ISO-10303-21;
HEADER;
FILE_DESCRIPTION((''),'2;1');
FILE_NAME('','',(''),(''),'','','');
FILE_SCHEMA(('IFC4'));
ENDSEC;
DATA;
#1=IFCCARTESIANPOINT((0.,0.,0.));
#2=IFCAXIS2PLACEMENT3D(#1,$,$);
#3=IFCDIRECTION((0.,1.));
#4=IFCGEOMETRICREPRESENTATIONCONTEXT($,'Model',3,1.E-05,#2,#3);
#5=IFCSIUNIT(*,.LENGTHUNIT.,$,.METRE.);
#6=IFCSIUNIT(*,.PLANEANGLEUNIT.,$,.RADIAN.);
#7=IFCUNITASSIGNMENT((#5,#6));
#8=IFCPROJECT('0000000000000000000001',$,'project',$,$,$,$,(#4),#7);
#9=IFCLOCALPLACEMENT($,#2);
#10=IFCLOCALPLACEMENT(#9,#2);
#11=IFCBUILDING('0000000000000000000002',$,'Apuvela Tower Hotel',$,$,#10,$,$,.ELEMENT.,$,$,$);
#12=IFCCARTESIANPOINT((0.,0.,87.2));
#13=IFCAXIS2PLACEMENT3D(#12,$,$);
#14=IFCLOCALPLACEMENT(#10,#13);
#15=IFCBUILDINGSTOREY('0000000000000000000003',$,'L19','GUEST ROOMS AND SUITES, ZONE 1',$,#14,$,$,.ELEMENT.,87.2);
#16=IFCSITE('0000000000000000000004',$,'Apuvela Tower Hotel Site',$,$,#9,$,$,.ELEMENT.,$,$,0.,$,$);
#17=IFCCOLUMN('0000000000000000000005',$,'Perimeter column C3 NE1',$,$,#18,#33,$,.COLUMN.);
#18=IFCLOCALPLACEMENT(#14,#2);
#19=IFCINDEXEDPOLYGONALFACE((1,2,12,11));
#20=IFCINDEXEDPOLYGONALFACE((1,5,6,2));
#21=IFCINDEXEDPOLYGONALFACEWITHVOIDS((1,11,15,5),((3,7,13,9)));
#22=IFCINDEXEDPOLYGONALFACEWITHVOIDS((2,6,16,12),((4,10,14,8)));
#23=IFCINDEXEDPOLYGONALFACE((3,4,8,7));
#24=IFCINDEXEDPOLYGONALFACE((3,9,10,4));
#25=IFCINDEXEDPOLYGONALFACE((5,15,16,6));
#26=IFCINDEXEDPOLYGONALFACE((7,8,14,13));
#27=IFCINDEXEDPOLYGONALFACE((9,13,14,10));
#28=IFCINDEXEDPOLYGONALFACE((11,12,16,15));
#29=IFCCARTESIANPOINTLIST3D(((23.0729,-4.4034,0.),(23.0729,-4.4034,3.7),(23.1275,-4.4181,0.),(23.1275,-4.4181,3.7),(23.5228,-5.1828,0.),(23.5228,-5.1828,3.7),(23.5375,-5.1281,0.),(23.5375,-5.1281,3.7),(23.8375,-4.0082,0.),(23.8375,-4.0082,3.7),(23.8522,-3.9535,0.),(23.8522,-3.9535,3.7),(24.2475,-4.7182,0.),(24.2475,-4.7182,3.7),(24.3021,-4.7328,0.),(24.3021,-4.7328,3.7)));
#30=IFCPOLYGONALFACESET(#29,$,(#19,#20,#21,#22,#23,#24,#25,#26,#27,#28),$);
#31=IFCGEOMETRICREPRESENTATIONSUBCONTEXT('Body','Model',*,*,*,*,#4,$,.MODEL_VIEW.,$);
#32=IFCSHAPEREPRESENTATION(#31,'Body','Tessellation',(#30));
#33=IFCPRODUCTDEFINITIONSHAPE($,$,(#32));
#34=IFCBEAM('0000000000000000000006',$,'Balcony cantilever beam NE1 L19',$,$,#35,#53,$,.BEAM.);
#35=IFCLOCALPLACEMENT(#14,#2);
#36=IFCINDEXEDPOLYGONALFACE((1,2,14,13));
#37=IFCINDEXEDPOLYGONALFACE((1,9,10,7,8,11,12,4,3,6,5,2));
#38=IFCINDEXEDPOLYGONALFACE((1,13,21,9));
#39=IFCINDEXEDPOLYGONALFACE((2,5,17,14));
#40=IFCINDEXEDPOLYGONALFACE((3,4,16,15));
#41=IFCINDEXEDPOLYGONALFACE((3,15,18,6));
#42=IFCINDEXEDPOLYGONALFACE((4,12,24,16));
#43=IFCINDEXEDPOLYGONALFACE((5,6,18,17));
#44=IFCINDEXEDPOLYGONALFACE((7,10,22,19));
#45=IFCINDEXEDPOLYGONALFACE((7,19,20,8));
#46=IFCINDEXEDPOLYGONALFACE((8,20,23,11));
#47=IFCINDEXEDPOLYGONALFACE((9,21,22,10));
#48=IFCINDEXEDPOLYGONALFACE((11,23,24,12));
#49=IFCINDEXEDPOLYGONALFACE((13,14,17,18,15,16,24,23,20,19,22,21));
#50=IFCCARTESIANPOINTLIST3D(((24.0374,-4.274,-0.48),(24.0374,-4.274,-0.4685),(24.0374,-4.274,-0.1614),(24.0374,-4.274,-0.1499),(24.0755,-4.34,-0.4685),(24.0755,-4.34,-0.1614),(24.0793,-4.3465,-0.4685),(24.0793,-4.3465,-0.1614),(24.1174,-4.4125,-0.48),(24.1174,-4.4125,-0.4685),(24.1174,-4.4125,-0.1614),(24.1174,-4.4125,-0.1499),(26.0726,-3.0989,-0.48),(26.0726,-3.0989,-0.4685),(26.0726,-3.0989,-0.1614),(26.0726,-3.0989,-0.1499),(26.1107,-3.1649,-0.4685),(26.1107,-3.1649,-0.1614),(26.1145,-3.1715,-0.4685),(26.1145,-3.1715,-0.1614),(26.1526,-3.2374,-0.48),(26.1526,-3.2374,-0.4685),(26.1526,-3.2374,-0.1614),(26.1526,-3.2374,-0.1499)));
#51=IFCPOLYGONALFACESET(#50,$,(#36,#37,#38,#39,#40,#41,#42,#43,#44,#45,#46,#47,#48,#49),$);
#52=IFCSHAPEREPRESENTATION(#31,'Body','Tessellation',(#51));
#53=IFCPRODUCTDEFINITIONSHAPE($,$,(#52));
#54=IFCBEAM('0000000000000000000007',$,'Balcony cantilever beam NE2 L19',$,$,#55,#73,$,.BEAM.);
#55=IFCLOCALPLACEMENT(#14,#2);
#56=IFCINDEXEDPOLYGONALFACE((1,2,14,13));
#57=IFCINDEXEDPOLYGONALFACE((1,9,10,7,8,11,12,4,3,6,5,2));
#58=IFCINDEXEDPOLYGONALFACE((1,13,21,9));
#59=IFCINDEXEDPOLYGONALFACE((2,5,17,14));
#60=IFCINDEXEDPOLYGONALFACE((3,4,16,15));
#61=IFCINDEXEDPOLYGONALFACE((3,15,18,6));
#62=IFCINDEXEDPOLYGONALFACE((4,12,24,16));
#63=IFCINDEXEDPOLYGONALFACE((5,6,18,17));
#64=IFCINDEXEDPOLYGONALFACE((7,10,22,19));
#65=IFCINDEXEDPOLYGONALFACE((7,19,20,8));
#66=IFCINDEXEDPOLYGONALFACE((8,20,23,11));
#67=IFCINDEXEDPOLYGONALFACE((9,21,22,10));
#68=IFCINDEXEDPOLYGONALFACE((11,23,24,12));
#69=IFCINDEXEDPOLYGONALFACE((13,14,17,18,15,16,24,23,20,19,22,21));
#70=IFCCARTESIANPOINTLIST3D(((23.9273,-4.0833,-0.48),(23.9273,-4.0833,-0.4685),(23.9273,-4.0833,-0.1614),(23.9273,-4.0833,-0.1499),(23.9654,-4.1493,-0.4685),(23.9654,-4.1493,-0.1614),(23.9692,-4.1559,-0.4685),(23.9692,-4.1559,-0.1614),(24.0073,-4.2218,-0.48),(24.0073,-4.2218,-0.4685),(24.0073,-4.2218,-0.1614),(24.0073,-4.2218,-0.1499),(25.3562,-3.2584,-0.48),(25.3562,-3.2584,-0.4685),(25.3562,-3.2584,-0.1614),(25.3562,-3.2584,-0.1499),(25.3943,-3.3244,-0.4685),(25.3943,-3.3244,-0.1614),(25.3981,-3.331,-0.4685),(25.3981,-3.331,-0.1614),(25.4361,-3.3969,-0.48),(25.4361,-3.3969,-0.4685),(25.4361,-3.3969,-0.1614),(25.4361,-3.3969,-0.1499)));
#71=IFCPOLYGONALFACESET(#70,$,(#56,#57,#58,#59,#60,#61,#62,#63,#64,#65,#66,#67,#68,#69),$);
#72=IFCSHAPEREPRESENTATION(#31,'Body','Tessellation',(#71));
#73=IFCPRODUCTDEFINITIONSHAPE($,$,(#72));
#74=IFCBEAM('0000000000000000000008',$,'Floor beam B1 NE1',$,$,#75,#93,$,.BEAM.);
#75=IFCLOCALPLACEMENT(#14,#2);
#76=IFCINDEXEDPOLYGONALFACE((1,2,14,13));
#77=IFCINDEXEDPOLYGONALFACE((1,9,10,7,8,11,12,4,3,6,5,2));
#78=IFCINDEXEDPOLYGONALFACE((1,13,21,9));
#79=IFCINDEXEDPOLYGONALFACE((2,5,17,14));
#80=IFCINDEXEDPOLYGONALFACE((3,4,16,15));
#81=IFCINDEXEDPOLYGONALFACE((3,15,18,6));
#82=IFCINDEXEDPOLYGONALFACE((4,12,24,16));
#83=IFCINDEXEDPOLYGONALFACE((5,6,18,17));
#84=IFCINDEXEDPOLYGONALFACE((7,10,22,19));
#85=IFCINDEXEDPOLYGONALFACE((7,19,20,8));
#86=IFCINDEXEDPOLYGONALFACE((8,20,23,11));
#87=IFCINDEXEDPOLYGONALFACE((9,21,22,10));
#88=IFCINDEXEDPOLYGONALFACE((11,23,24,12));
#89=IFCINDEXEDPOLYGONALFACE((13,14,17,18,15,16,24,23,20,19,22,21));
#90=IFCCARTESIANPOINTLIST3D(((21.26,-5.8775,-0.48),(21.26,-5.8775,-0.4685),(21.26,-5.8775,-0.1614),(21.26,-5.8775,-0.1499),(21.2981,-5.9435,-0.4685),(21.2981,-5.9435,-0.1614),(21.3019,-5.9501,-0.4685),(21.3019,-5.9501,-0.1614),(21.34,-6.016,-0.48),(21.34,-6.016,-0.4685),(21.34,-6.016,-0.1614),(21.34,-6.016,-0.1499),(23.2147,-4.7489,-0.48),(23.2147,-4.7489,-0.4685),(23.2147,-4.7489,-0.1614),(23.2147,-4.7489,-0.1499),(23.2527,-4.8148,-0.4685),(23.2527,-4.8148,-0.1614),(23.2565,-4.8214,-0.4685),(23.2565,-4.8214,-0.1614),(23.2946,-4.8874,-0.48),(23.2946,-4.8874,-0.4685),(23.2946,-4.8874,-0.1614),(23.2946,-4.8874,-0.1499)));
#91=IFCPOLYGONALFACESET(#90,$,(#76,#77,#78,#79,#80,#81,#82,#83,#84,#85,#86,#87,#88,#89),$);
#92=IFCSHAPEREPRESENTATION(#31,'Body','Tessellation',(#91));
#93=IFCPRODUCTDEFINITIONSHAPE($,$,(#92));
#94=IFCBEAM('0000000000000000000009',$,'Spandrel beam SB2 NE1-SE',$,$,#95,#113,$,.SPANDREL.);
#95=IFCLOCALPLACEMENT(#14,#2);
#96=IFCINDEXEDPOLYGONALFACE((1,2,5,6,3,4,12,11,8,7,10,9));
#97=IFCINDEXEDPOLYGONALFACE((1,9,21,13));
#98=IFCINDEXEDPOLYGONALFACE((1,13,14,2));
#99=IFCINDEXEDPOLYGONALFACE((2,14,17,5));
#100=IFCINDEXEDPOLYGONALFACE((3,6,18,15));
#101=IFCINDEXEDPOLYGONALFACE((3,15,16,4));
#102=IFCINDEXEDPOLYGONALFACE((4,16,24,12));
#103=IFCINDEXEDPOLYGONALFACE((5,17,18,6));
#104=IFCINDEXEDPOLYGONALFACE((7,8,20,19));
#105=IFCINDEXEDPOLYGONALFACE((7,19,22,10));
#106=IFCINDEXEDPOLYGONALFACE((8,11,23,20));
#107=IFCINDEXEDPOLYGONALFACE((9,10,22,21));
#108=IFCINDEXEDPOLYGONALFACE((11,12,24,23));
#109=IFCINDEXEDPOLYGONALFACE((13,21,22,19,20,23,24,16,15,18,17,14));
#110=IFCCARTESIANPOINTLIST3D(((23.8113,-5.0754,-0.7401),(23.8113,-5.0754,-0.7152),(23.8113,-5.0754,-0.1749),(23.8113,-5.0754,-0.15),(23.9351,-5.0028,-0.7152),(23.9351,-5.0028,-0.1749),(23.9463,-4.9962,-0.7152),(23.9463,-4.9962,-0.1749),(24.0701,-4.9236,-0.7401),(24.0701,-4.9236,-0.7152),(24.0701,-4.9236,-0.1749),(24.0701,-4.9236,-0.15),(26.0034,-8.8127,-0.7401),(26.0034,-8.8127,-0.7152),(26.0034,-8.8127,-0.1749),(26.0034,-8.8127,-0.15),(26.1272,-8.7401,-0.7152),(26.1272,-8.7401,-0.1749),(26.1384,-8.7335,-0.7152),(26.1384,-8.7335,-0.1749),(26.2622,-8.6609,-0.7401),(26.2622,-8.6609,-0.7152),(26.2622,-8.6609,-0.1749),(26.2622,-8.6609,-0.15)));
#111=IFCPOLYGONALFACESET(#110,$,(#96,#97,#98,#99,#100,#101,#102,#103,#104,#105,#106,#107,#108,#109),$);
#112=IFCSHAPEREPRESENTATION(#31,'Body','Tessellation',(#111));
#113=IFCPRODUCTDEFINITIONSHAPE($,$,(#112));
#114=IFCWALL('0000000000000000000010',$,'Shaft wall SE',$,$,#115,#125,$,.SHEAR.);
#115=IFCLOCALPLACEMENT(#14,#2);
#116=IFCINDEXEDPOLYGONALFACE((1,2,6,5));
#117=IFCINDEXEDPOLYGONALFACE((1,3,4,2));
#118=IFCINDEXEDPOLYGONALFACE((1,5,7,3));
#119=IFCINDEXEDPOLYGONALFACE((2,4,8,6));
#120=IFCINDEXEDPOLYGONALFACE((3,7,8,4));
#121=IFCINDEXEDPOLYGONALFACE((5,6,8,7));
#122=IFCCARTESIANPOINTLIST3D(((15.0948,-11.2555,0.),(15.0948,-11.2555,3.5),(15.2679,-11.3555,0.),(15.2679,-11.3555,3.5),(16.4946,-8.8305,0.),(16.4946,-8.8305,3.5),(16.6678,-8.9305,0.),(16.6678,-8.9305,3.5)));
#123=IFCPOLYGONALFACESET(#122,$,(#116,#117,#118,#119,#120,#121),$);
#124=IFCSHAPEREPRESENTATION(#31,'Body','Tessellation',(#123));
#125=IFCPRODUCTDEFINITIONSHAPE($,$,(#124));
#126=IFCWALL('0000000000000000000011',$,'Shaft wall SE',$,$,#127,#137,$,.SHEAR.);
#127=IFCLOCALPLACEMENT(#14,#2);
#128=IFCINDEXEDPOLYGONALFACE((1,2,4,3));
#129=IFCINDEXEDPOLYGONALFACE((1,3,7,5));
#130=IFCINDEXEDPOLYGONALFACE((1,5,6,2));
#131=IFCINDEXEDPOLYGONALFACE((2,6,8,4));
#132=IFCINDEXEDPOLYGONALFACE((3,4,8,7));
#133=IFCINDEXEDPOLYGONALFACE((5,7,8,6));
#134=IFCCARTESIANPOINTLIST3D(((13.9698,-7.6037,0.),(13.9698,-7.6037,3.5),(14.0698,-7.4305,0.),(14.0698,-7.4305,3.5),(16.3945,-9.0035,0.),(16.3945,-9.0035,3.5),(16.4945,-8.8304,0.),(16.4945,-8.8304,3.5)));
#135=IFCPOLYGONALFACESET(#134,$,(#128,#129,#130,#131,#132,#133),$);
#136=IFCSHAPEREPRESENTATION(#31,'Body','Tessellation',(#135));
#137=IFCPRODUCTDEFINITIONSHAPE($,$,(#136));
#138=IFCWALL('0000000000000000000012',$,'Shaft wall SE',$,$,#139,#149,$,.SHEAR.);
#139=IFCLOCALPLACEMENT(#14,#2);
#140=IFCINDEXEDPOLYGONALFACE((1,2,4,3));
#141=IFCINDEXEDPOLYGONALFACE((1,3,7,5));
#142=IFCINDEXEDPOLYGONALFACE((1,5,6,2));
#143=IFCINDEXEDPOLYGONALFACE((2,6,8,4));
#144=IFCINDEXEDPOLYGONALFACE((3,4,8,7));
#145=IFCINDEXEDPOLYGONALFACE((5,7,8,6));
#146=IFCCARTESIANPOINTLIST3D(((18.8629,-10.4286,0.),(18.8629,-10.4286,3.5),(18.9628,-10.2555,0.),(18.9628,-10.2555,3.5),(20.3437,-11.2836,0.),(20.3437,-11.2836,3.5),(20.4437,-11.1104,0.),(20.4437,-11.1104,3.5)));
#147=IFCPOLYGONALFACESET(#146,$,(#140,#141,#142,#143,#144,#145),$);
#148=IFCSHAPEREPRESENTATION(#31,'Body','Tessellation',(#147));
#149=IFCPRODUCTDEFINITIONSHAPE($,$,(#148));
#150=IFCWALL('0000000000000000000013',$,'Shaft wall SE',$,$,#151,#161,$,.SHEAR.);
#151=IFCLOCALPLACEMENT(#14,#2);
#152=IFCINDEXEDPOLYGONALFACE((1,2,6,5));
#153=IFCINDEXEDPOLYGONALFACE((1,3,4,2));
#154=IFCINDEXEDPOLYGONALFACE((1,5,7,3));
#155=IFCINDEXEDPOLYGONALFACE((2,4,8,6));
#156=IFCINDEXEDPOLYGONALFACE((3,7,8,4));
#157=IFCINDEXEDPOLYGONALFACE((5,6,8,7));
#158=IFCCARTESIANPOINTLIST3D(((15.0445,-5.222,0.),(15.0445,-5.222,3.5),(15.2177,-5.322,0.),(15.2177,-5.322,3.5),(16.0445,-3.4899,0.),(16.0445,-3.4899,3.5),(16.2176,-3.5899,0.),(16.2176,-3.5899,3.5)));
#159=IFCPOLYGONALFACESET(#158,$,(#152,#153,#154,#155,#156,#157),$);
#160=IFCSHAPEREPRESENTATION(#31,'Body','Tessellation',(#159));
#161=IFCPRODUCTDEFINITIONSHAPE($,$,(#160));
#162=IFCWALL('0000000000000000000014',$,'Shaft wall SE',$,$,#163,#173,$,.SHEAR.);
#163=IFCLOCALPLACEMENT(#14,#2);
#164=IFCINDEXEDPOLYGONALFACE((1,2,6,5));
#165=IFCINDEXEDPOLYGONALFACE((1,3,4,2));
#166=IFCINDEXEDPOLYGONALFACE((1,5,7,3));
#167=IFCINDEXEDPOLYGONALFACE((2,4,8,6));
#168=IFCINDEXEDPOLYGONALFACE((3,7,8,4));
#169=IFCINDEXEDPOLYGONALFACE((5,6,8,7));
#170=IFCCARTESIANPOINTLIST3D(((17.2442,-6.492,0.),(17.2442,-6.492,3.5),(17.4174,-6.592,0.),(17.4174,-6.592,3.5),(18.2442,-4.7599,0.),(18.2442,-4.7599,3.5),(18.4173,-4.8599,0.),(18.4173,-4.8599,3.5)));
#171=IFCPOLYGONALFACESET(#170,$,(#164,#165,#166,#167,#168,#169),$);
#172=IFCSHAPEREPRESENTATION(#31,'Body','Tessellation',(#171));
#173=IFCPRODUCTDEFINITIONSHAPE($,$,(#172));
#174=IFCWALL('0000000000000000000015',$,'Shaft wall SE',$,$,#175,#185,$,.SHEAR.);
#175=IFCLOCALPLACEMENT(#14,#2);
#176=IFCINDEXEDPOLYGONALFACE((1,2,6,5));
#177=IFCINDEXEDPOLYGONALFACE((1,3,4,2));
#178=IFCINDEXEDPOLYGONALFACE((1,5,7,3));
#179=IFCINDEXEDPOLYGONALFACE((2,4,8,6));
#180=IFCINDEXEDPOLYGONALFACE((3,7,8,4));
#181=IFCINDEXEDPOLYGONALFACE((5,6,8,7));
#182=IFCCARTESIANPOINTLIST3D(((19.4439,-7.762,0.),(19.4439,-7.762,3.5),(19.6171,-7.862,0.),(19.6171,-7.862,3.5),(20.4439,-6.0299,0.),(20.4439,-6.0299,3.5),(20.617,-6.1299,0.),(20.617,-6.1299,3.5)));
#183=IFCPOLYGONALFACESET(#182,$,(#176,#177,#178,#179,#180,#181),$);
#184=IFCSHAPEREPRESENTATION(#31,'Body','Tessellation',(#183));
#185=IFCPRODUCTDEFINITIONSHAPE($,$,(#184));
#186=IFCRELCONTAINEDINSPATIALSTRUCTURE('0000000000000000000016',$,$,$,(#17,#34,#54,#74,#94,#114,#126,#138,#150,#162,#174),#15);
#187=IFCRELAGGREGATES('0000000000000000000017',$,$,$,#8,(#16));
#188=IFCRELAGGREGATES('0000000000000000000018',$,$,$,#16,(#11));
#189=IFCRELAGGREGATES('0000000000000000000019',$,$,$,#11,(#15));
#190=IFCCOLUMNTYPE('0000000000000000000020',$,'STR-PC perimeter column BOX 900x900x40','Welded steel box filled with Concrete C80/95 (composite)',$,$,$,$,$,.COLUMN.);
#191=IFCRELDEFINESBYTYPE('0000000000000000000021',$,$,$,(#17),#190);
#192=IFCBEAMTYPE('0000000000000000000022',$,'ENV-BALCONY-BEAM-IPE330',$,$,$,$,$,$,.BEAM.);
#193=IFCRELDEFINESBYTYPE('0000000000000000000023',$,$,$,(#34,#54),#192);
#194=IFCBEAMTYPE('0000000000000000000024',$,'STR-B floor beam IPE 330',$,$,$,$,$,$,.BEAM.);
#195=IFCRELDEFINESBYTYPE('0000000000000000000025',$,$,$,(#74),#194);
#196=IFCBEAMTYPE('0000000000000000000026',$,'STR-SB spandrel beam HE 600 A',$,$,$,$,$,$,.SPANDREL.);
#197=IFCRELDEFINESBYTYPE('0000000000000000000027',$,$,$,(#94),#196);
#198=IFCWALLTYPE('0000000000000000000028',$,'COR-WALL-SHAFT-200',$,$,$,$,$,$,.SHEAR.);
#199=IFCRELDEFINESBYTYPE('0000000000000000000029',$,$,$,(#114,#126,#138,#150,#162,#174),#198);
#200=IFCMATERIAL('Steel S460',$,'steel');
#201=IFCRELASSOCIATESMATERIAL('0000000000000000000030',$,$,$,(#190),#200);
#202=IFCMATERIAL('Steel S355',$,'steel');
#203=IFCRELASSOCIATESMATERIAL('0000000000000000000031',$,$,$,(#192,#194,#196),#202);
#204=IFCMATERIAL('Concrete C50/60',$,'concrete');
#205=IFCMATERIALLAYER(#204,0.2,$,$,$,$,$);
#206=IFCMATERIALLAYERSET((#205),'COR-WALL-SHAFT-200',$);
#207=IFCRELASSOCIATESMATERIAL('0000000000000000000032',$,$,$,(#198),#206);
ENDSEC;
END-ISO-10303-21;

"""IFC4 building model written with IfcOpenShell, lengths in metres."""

from ifc_helpers import new_model, si_unit, direction, frame, frame_2d, origin, origin_2d, place, context, subcontext, project, spatial, rectangle, hollow_rectangle, i_section, extrude, material, layer, layer_set, material_profile, profile_set, type_object, element, save


model = new_model("IFC4")

# Units and contexts
model_context = context("Model", 3, precision=1e-05, world=origin(), true_north=direction((0.0, 1.0)))
body_context = subcontext(model_context, "Body", "Model", "MODEL_VIEW")
ifc_project = project(units=[si_unit("LENGTHUNIT", "METRE"), si_unit("PLANEANGLEUNIT", "RADIAN")], contexts=[model_context])

# Site, building, storey
site_placement = place(None, origin())
site = spatial("IfcSite", under=ifc_project, at=site_placement, Name="Apuvela Tower Hotel Site", CompositionType="ELEMENT", RefElevation=0.0)
building_placement = place(site_placement, origin())
building = spatial("IfcBuilding", under=site, at=building_placement, Name="Apuvela Tower Hotel", CompositionType="ELEMENT")
storey_placement = place(building_placement, frame((0.0, 0.0, 87.2)))
storey = spatial("IfcBuildingStorey", under=building, at=storey_placement, Name="L19", Description="GUEST ROOMS AND SUITES, ZONE 1", CompositionType="ELEMENT", Elevation=87.2)

# Column
ifc_material_1 = material(Name="Steel S460", Category="steel")
ifc_material_profile_1 = material_profile(ifc_material_1, hollow_rectangle(XDim=0.8999, YDim=0.8999, WallThickness=0.04, at=origin_2d()), Name="BOX 900x900x40")
ifc_material_2 = material(Name="Concrete C80/95", Category="concrete")
ifc_material_profile_2 = material_profile(ifc_material_2, rectangle(XDim=0.8201, YDim=0.8201, at=origin_2d()), Name="Concrete C80/95 infill")
ifc_profile_set_1 = profile_set([ifc_material_profile_1, ifc_material_profile_2], Name="Steel S460")
column_type = type_object("IfcColumnType", Name="STR-PC perimeter column BOX 900x900x40", Description="Welded steel box filled with Concrete C80/95 (composite)", PredefinedType="COLUMN", material=ifc_profile_set_1)
column_placement = place(storey_placement, frame((23.6875, -4.5681, 0.0), z_axis=(0.0, 0.0, 1.0), x_axis=(-0.5, 0.866025, 0.0)))
element("IfcColumn", 1, at=column_placement, inside=storey, type_object=column_type, Name="Perimeter column C3 NE1", PredefinedType="COLUMN", context=body_context, shape_type="SweptSolid", body=[
    extrude(hollow_rectangle(XDim=0.8999, YDim=0.8999, WallThickness=0.04, at=origin_2d()), origin(), (0.0, 0.0, 1.0), 3.7),
])

# Beams
ifc_material_3 = material(Name="Steel S355", Category="steel")
ifc_material_profile_3 = material_profile(ifc_material_3, i_section(OverallWidth=0.1599, OverallDepth=0.3301, WebThickness=0.0076, FlangeThickness=0.0115, at=origin_2d()), Name="IPE 330")
ifc_profile_set_2 = profile_set([ifc_material_profile_3], Name="Steel S355")
beam_type_1 = type_object("IfcBeamType", Name="ENV-BALCONY-BEAM-IPE330", PredefinedType="BEAM", material=ifc_profile_set_2)
beam_1_placement = place(storey_placement, frame((24.0774, -4.3433, -0.3149), z_axis=(0.866016, 0.500016, 0.0), x_axis=(-0.500016, 0.866016, 0.0)))
element("IfcBeam", 2, at=beam_1_placement, inside=storey, type_object=beam_type_1, Name="Balcony cantilever beam NE1 L19", PredefinedType="BEAM", context=body_context, shape_type="SweptSolid", body=[
    extrude(i_section(OverallWidth=0.1599, OverallDepth=0.3301, WebThickness=0.0076, FlangeThickness=0.0115, at=origin_2d()), origin(), (0.0, 0.0, 1.0), 2.3501),
])
beam_2_placement = place(storey_placement, frame((23.9673, -4.1526, -0.3149), z_axis=(0.86604, 0.499974, 0.0), x_axis=(-0.499974, 0.86604, 0.0)))
element("IfcBeam", 3, at=beam_2_placement, inside=storey, type_object=beam_type_1, Name="Balcony cantilever beam NE2 L19", PredefinedType="BEAM", context=body_context, shape_type="SweptSolid", body=[
    extrude(i_section(OverallWidth=0.1599, OverallDepth=0.3301, WebThickness=0.0076, FlangeThickness=0.0115, at=origin_2d()), origin(), (0.0, 0.0, 1.0), 1.6499),
])
ifc_material_profile_4 = material_profile(ifc_material_3, i_section(OverallWidth=0.1599, OverallDepth=0.3301, WebThickness=0.0076, FlangeThickness=0.0115, at=origin_2d()), Name="IPE 330")
ifc_profile_set_3 = profile_set([ifc_material_profile_4], Name="Steel S355")
beam_type_2 = type_object("IfcBeamType", Name="STR-B floor beam IPE 330", PredefinedType="BEAM", material=ifc_profile_set_3)
beam_3_placement = place(storey_placement, frame((23.2546, -4.8181, -0.3149), z_axis=(-0.865991, -0.50006, 0.0), x_axis=(0.50006, -0.865991, 0.0)))
element("IfcBeam", 4, at=beam_3_placement, inside=storey, type_object=beam_type_2, Name="Floor beam B1 NE1", PredefinedType="BEAM", context=body_context, shape_type="SweptSolid", body=[
    extrude(i_section(OverallWidth=0.1599, OverallDepth=0.3301, WebThickness=0.0076, FlangeThickness=0.0115, at=origin_2d()), origin(), (0.0, 0.0, 1.0), 2.2571),
])
ifc_material_profile_5 = material_profile(ifc_material_3, i_section(OverallWidth=0.3, OverallDepth=0.5901, WebThickness=0.0129, FlangeThickness=0.0249, at=origin_2d()), Name="HE 600 A")
ifc_profile_set_4 = profile_set([ifc_material_profile_5], Name="Steel S355")
beam_type_3 = type_object("IfcBeamType", Name="STR-SB spandrel beam HE 600 A", PredefinedType="SPANDREL", material=ifc_profile_set_4)
beam_4_placement = place(storey_placement, frame((23.9407, -4.9995, -0.4451), z_axis=(0.505944, -0.862567, 0.0), x_axis=(0.862567, 0.505944, 0.0)))
element("IfcBeam", 5, at=beam_4_placement, inside=storey, type_object=beam_type_3, Name="Spandrel beam SB2 NE1-SE", PredefinedType="SPANDREL", context=body_context, shape_type="SweptSolid", body=[
    extrude(i_section(OverallWidth=0.3, OverallDepth=0.5901, WebThickness=0.0129, FlangeThickness=0.0249, at=origin_2d()), origin(), (0.0, 0.0, 1.0), 4.3328),
])

# Walls
ifc_material_4 = material(Name="Concrete C50/60", Category="concrete")
ifc_layer_1 = layer(ifc_material_4, 0.2)
ifc_layer_set_1 = layer_set([ifc_layer_1], Name="COR-WALL-SHAFT-200")
wall_type_1 = type_object("IfcWallType", Name="COR-WALL-SHAFT-200", PredefinedType="SHEAR", material=ifc_layer_set_1)
wall_1_placement = place(storey_placement, frame((15.1814, -11.3054, 0.0), z_axis=(0.0, 0.0, 1.0), x_axis=(0.499946, 0.866056, 0.0)))
element("IfcWall", 6, at=wall_1_placement, inside=storey, type_object=wall_type_1, Name="Shaft wall SE", PredefinedType="SHEAR", context=body_context, shape_type="SweptSolid", body=[
    extrude(rectangle(XDim=2.8, YDim=0.2, at=frame_2d((1.3999, 0.0))), origin(), (0.0, 0.0, 1.0), 3.5),
])
wall_2_placement = place(storey_placement, frame((14.0198, -7.5171, 0.0), z_axis=(0.0, 0.0, 1.0), x_axis=(0.866035, -0.499984, 0.0)))
element("IfcWall", 7, at=wall_2_placement, inside=storey, type_object=wall_type_1, Name="Shaft wall SE", PredefinedType="SHEAR", context=body_context, shape_type="SweptSolid", body=[
    extrude(rectangle(XDim=2.7998, YDim=0.2, at=frame_2d((1.3999, 0.0))), origin(), (0.0, 0.0, 1.0), 3.5),
])
wall_3_placement = place(storey_placement, frame((18.9128, -10.342, 0.0), z_axis=(0.0, 0.0, 1.0), x_axis=(0.866038, -0.499978, 0.0)))
element("IfcWall", 8, at=wall_3_placement, inside=storey, type_object=wall_type_1, Name="Shaft wall SE", PredefinedType="SHEAR", context=body_context, shape_type="SweptSolid", body=[
    extrude(rectangle(XDim=1.71, YDim=0.2, at=frame_2d((0.855, 0.0))), origin(), (0.0, 0.0, 1.0), 3.5),
])
for number, where, z_axis, x_axis, name in (
    (9, (15.1311, -5.272, 0.0), (0.0, 0.0, 1.0), (0.499973, 0.866041, 0.0), "Shaft wall SE"),
    (10, (17.3308, -6.542, 0.0), (0.0, 0.0, 1.0), (0.499973, 0.866041, 0.0), "Shaft wall SE"),
    (11, (19.5305, -7.812, 0.0), (0.0, 0.0, 1.0), (0.499973, 0.866041, 0.0), "Shaft wall SE"),
):
    element("IfcWall", number, at=place(storey_placement, frame(where, z_axis=z_axis, x_axis=x_axis)), inside=storey, type_object=wall_type_1, Name=name, PredefinedType="SHEAR", context=body_context, shape_type="SweptSolid", body=[
        extrude(rectangle(XDim=2.0, YDim=0.2, at=frame_2d((1.0, 0.0))), origin(), (0.0, 0.0, 1.0), 3.5),
    ])

save(model, "model.ifc")
